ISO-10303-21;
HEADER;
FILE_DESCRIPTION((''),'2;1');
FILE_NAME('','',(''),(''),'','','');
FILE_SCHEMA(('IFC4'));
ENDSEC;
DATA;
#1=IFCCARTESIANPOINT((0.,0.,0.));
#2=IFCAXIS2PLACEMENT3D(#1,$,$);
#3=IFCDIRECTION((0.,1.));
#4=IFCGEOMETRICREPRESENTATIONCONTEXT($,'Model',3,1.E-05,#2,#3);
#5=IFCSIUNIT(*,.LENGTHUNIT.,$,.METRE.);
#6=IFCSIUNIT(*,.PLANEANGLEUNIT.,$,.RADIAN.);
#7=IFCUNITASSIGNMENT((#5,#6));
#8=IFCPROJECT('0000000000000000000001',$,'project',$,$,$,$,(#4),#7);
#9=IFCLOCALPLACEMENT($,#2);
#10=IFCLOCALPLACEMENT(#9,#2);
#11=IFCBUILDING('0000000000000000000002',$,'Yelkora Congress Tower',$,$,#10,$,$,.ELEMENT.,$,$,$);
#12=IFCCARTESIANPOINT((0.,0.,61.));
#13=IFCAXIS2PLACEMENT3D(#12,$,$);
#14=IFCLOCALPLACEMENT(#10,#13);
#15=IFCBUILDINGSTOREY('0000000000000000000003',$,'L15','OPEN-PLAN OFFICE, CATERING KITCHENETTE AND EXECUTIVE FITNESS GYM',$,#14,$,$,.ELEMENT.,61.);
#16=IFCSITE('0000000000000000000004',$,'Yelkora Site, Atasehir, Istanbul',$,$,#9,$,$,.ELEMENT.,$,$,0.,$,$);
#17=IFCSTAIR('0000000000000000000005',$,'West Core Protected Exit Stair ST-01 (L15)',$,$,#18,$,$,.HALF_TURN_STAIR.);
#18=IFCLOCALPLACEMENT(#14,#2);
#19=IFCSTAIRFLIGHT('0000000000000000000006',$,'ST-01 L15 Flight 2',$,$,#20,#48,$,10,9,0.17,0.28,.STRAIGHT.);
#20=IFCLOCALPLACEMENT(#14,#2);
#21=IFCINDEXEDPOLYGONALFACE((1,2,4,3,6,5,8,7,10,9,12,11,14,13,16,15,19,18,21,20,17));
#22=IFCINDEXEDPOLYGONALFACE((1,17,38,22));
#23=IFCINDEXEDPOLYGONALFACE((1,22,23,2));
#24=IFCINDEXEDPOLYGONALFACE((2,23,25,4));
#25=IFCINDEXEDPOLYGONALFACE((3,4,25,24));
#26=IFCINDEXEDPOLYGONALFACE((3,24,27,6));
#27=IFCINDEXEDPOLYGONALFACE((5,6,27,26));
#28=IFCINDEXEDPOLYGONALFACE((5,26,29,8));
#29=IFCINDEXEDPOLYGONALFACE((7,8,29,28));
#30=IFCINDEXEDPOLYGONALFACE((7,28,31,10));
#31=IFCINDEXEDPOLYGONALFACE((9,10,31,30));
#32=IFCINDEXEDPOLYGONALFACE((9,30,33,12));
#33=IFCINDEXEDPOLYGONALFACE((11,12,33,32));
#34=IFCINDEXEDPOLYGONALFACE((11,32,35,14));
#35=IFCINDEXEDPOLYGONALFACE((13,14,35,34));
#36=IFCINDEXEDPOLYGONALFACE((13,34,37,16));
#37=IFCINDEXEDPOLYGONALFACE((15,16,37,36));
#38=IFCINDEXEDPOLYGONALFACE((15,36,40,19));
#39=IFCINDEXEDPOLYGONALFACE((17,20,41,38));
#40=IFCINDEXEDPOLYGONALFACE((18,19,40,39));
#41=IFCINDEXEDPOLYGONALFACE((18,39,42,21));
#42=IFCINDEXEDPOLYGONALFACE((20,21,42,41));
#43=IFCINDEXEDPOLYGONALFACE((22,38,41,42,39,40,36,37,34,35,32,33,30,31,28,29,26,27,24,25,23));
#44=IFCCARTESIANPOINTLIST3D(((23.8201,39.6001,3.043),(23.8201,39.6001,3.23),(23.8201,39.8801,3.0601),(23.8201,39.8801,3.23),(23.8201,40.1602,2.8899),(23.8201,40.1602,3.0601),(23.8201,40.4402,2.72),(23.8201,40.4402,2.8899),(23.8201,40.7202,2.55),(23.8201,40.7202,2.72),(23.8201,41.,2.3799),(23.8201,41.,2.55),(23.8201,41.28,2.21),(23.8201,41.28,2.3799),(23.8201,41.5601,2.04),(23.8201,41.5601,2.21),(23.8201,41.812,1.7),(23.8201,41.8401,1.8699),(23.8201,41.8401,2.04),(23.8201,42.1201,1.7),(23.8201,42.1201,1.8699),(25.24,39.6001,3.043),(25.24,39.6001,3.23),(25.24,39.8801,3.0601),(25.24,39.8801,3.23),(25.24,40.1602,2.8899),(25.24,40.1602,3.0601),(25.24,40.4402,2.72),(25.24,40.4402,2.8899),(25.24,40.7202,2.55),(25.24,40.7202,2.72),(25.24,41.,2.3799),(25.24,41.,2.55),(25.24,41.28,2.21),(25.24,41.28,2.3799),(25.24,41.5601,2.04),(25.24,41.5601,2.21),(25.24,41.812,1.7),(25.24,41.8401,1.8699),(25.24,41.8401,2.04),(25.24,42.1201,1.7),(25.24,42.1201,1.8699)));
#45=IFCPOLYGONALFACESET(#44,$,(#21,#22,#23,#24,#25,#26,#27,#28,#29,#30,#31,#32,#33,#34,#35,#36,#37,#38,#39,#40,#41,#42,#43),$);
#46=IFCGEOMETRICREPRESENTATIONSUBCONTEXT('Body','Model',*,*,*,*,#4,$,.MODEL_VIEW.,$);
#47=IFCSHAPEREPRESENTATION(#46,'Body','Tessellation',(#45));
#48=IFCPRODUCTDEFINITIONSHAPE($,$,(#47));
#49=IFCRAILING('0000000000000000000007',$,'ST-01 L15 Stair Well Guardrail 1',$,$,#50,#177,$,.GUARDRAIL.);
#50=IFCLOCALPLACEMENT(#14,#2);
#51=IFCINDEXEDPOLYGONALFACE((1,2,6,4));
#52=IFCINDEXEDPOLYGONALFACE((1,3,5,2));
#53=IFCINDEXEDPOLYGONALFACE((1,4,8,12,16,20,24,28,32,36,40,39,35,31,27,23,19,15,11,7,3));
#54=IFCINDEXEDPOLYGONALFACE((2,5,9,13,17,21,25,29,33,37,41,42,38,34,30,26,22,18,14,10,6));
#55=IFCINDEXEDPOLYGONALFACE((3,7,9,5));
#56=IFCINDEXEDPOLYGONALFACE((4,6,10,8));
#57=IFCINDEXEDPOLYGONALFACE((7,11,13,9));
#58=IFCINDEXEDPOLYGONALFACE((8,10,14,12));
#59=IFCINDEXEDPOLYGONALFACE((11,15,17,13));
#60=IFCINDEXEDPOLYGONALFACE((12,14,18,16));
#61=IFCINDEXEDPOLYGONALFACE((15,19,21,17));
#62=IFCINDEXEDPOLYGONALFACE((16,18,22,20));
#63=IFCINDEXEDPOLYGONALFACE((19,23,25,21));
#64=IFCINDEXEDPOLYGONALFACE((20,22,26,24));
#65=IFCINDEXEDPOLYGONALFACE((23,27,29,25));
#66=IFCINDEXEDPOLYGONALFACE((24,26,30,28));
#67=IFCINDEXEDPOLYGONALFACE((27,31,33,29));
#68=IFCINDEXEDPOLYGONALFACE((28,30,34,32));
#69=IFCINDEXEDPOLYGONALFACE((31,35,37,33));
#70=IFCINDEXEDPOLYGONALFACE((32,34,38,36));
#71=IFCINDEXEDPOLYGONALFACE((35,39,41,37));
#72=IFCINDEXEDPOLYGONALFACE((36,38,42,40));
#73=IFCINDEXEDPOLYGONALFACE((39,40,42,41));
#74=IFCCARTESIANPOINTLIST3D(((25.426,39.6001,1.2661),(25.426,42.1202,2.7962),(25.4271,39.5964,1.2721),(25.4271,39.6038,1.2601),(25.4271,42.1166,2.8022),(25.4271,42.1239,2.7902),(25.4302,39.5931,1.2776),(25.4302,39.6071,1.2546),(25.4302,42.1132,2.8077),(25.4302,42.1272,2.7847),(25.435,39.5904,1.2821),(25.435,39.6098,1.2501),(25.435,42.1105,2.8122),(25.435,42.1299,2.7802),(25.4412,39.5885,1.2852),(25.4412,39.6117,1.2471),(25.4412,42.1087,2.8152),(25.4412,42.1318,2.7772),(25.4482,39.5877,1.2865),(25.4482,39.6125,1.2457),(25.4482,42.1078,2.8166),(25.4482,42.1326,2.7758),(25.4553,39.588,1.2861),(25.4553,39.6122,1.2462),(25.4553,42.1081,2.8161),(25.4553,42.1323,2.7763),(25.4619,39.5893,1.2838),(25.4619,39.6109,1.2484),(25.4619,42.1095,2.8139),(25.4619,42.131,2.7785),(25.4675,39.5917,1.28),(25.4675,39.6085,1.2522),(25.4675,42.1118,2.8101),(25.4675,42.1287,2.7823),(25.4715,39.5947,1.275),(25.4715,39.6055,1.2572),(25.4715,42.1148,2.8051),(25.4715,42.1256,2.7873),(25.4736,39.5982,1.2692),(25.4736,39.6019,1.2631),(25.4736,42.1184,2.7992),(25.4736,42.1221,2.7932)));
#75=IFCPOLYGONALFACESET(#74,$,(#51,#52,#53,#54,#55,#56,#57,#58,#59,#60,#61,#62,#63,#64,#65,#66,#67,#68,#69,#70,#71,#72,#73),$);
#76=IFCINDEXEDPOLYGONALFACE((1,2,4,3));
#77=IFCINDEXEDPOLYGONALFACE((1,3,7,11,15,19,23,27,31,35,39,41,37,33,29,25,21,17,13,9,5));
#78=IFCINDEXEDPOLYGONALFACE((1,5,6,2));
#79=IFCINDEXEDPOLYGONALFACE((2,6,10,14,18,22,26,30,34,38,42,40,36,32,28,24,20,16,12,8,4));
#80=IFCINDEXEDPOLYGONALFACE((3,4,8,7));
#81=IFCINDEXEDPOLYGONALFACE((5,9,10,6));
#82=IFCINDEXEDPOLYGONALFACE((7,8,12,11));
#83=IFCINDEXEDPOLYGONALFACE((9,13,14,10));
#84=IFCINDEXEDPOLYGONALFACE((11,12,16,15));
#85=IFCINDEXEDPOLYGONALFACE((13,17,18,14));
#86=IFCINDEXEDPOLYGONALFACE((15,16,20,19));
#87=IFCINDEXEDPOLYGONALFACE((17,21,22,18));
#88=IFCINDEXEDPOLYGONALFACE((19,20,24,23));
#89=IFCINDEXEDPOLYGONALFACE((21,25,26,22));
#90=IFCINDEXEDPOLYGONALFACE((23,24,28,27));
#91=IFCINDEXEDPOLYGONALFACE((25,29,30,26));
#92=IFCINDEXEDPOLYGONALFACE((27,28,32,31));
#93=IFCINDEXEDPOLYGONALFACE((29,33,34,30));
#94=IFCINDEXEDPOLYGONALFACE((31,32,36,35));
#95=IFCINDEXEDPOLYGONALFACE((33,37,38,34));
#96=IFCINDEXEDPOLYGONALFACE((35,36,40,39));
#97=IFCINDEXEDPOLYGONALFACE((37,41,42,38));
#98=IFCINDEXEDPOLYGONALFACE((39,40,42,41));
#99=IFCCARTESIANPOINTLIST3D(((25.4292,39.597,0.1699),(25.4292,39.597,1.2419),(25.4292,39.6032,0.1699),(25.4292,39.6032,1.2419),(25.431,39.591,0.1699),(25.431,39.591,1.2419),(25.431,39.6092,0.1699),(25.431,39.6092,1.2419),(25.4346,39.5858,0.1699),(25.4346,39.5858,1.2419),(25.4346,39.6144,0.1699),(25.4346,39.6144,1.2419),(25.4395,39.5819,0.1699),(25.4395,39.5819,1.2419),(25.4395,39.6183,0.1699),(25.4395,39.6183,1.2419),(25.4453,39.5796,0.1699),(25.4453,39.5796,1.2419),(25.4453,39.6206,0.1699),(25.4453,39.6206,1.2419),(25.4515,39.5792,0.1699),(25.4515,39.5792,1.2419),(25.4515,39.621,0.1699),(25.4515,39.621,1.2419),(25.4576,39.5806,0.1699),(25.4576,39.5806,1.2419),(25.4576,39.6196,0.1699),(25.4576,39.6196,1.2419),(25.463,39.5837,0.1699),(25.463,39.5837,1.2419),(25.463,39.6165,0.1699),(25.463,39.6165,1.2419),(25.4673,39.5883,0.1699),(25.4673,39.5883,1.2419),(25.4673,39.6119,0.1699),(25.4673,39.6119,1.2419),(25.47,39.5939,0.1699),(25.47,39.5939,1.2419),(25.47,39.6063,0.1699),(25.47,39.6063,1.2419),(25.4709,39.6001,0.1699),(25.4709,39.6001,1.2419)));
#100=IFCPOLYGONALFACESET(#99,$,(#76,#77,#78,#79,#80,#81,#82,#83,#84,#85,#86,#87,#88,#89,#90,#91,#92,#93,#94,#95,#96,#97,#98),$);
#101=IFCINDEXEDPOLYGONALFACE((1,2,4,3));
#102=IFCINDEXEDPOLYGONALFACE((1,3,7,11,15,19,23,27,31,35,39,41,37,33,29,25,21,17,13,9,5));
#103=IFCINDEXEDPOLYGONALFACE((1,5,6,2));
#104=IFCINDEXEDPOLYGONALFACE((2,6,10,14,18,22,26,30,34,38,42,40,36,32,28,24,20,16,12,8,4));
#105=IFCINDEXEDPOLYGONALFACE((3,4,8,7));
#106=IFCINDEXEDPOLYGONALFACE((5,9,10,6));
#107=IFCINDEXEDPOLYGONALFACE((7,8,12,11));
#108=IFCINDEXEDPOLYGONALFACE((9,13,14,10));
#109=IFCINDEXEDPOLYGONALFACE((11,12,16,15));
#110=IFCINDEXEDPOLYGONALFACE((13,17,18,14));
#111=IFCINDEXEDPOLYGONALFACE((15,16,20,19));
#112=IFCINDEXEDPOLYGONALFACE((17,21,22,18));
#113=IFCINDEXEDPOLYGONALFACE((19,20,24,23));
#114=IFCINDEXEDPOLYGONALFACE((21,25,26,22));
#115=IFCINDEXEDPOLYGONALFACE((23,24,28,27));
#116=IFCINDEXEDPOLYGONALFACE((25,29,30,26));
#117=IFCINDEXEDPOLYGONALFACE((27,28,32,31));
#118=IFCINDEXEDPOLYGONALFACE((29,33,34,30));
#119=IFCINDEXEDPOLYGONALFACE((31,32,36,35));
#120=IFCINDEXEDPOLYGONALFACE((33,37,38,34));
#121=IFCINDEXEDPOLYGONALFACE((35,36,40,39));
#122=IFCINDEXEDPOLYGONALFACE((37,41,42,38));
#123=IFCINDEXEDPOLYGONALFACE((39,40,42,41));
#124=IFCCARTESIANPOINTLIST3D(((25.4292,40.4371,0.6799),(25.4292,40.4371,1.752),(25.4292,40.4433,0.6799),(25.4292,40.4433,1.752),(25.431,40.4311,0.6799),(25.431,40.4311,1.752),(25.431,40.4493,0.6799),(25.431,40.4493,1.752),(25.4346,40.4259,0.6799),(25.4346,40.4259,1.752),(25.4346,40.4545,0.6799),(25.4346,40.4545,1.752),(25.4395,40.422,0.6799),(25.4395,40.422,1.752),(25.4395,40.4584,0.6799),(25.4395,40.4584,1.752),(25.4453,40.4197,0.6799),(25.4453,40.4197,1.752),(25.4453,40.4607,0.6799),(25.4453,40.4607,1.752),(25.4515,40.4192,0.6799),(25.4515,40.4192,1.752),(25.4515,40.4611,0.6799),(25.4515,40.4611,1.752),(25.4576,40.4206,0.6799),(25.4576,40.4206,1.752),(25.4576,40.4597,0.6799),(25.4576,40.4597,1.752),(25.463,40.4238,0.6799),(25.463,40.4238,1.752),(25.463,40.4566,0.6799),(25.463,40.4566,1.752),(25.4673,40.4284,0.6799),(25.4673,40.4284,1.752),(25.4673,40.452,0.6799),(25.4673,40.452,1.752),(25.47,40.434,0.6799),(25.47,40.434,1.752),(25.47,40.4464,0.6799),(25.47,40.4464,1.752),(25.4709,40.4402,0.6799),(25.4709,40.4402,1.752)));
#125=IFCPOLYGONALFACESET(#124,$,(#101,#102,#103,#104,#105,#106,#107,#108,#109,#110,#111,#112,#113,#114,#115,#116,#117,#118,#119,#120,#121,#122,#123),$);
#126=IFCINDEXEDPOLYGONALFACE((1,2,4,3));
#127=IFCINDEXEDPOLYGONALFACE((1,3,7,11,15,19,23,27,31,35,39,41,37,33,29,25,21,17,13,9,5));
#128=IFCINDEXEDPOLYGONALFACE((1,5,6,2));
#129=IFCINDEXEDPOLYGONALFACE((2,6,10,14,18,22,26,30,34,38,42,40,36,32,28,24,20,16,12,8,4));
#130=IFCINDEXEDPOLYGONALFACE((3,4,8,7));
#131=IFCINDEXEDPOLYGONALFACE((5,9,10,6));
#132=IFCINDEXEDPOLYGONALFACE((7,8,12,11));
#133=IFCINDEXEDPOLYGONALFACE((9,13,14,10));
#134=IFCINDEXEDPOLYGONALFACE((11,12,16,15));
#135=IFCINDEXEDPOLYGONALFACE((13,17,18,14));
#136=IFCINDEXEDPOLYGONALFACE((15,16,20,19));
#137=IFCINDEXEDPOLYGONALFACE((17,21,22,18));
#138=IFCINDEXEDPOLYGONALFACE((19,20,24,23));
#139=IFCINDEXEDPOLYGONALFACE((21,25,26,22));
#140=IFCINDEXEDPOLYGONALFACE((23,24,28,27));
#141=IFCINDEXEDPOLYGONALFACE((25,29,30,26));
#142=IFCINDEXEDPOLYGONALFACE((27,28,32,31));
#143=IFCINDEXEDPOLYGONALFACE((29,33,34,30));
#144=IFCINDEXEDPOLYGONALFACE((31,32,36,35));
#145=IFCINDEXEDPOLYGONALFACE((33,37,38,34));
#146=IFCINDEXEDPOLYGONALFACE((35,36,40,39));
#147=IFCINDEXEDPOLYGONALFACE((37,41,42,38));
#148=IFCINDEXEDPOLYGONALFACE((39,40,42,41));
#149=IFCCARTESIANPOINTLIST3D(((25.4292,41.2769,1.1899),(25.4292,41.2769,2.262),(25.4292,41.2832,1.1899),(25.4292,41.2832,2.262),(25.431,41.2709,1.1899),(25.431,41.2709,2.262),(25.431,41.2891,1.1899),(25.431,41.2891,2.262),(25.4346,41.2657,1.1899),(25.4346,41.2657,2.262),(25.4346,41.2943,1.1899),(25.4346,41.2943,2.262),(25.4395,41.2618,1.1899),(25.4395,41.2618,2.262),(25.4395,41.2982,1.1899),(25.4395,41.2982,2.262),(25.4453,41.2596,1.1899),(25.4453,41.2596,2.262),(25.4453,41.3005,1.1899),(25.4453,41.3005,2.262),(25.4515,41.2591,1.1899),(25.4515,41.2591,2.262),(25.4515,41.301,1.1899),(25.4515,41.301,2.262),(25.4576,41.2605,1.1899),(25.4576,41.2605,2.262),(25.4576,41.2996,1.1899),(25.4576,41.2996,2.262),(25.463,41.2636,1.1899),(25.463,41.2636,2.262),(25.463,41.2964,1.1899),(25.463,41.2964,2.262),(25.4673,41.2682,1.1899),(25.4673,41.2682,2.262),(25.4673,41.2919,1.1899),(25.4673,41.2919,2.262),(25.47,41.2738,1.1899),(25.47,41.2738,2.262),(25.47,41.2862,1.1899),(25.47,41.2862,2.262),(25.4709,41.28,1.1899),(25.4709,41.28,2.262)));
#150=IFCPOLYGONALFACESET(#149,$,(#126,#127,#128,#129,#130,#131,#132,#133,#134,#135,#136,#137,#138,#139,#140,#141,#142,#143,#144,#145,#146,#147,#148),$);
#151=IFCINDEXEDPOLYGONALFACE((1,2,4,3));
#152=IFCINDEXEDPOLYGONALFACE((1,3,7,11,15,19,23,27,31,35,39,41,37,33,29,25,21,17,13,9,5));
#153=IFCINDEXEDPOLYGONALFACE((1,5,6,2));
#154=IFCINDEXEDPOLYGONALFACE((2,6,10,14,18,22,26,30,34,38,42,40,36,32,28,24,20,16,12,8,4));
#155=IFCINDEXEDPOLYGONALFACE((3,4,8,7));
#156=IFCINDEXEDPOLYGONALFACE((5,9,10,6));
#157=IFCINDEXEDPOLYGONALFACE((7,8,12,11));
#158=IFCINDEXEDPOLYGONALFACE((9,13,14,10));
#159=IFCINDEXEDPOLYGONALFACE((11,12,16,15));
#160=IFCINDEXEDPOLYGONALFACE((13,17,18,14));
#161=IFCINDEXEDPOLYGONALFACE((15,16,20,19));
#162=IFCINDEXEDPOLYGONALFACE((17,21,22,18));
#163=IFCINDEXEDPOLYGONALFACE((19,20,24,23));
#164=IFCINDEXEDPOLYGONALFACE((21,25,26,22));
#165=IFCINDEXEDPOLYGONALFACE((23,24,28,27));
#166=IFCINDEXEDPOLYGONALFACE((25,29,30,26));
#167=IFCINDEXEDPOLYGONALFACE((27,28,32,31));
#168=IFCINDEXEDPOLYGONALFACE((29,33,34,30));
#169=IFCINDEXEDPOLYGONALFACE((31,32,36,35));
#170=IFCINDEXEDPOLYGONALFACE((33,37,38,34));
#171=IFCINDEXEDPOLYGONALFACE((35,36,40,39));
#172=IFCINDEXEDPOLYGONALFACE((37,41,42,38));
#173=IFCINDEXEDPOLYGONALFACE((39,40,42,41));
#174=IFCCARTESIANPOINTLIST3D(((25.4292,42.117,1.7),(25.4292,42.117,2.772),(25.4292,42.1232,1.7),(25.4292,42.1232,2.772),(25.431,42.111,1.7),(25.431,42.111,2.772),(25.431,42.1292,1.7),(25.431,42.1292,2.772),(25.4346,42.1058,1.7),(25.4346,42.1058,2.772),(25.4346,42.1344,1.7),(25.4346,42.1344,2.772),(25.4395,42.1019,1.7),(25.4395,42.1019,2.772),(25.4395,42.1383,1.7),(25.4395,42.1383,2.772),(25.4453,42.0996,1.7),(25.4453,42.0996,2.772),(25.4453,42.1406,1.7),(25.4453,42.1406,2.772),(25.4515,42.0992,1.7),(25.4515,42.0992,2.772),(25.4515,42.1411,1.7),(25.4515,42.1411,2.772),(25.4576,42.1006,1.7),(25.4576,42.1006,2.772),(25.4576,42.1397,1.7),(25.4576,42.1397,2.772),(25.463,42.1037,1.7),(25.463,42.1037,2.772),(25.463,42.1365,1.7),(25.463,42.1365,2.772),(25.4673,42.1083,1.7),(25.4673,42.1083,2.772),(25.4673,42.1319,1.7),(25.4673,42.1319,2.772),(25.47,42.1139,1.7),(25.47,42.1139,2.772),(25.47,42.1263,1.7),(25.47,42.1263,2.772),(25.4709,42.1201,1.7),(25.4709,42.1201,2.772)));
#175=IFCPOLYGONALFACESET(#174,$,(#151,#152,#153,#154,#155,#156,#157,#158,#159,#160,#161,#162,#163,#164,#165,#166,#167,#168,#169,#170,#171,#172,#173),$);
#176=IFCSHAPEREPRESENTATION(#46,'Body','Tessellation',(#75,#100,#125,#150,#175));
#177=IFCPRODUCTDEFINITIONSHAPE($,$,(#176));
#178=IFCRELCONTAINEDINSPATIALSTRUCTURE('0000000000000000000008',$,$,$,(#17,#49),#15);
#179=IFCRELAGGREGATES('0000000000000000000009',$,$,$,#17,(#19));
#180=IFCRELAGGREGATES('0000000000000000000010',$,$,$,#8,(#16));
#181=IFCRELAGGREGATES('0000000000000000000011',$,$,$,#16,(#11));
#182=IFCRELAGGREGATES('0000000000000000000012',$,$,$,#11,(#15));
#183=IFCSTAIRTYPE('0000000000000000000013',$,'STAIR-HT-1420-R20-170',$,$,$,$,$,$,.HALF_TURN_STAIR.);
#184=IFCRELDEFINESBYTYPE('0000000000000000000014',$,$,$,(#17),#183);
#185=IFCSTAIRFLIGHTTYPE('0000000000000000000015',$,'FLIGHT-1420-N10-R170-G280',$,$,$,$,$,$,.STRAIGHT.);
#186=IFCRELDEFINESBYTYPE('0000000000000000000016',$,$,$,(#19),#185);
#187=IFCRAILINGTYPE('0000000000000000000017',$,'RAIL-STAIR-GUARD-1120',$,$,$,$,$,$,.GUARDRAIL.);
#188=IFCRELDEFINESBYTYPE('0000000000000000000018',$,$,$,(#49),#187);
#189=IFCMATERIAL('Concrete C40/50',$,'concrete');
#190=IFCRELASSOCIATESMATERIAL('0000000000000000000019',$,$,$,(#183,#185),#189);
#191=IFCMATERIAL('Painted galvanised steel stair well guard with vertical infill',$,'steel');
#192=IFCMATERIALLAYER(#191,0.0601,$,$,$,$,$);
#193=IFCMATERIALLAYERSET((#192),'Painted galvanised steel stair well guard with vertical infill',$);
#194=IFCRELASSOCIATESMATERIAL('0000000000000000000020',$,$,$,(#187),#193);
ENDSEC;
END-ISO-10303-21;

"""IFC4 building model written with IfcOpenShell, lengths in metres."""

from ifc_helpers import new_model, si_unit, direction, frame, origin, origin_2d, place, context, subcontext, project, spatial, polyline, circle, outline, extrude, material, layer, layer_set, type_object, element, aggregate, save


model = new_model("IFC4")

# Units and contexts
model_context = context("Model", 3, precision=1e-05, world=origin(), true_north=direction((0.0, 1.0)))
body_context = subcontext(model_context, "Body", "Model", "MODEL_VIEW")
ifc_project = project(units=[si_unit("LENGTHUNIT", "METRE"), si_unit("PLANEANGLEUNIT", "RADIAN")], contexts=[model_context])

# Site, building, storey
site_placement = place(None, origin())
site = spatial("IfcSite", under=ifc_project, at=site_placement, Name="Yelkora Site, Atasehir, Istanbul", CompositionType="ELEMENT", RefElevation=0.0)
building_placement = place(site_placement, origin())
building = spatial("IfcBuilding", under=site, at=building_placement, Name="Yelkora Congress Tower", CompositionType="ELEMENT")
storey_placement = place(building_placement, frame((0.0, 0.0, 61.0)))
storey = spatial("IfcBuildingStorey", under=building, at=storey_placement, Name="L15", Description="OPEN-PLAN OFFICE, CATERING KITCHENETTE AND EXECUTIVE FITNESS GYM", CompositionType="ELEMENT", Elevation=61.0)

# Stair, stair flight
ifc_material_1 = material(Name="Concrete C40/50", Category="concrete")
stair_type = type_object("IfcStairType", Name="STAIR-HT-1420-R20-170", PredefinedType="HALF_TURN_STAIR", material=ifc_material_1)
stair_placement = place(storey_placement, origin())
stair = element("IfcStair", 1, at=stair_placement, inside=storey, type_object=stair_type, Name="West Core Protected Exit Stair ST-01 (L15)", PredefinedType="HALF_TURN_STAIR")
stair_flight_type = type_object("IfcStairFlightType", Name="FLIGHT-1420-N10-R170-G280", PredefinedType="STRAIGHT", material=ifc_material_1)
stair_flight_1_placement = place(storey_placement, frame((24.53, 42.1201, 1.7), z_axis=(0.0, 0.0, 1.0), x_axis=(0.0, -1.0, 0.0)))
stair_flight_1 = element("IfcStairFlight", 2, at=stair_flight_1_placement, type_object=stair_flight_type, Name="ST-01 L15 Flight 2", NumberOfRisers=10, NumberOfTreads=9, PredefinedType="STRAIGHT", RiserHeight=0.17, TreadLength=0.28, context=body_context, shape_type="SweptSolid", body=[
    extrude(outline(polyline([(0.0, 0.0), (0.0, 0.1699), (0.28, 0.1699), (0.28, 0.3401), (0.5601, 0.3401), (0.5601, 0.51), (0.8401, 0.51), (0.8401, 0.6799), (1.1201, 0.6799), (1.1201, 0.8501), (1.3999, 0.8501), (1.3999, 1.02), (1.6799, 1.02), (1.6799, 1.1899), (1.96, 1.1899), (1.96, 1.3601), (2.24, 1.3601), (2.24, 1.53), (2.52, 1.53), (2.52, 1.7), (2.52, 1.343), (0.3081, 0.0), (0.0, 0.0)])), frame((0.0, 0.71, 0.0), z_axis=(0.0, -1.0, 0.0), x_axis=(1.0, 0.0, 0.0)), (0.0, 0.0, 1.0), 1.4199),
])
aggregate(stair, [stair_flight_1])

# Railing
ifc_material_2 = material(Name="Painted galvanised steel stair well guard with vertical infill", Category="steel")
ifc_layer_1 = layer(ifc_material_2, 0.0601)
ifc_layer_set_1 = layer_set([ifc_layer_1], Name="Painted galvanised steel stair well guard with vertical infill")
railing_type_1 = type_object("IfcRailingType", Name="RAIL-STAIR-GUARD-1120", PredefinedType="GUARDRAIL", material=ifc_layer_set_1)
railing_1_placement = place(storey_placement, frame((25.45, 39.6001, 0.1699)))
element("IfcRailing", 3, at=railing_1_placement, inside=storey, type_object=railing_type_1, Name="ST-01 L15 Stair Well Guardrail 1", PredefinedType="GUARDRAIL", context=body_context, shape_type="SweptSolid", body=[
    extrude(circle(Radius=0.0239, at=origin_2d()), frame((0.0, 0.0, 1.0962), z_axis=(0.0, 0.854785, 0.518982), x_axis=(-1.0, 0.0, 0.0)), (0.0, 0.0, 1.0), 2.9482),
    extrude(circle(Radius=0.021, at=origin_2d()), origin(), (0.0, 0.0, 1.0), 1.072),
    extrude(circle(Radius=0.021, at=origin_2d()), frame((0.0, 0.8401, 0.51)), (0.0, 0.0, 1.0), 1.072),
    extrude(circle(Radius=0.021, at=origin_2d()), frame((0.0, 1.6799, 1.02)), (0.0, 0.0, 1.0), 1.072),
    extrude(circle(Radius=0.021, at=origin_2d()), frame((0.0, 2.52, 1.53)), (0.0, 0.0, 1.0), 1.072),
])

save(model, "model.ifc")
